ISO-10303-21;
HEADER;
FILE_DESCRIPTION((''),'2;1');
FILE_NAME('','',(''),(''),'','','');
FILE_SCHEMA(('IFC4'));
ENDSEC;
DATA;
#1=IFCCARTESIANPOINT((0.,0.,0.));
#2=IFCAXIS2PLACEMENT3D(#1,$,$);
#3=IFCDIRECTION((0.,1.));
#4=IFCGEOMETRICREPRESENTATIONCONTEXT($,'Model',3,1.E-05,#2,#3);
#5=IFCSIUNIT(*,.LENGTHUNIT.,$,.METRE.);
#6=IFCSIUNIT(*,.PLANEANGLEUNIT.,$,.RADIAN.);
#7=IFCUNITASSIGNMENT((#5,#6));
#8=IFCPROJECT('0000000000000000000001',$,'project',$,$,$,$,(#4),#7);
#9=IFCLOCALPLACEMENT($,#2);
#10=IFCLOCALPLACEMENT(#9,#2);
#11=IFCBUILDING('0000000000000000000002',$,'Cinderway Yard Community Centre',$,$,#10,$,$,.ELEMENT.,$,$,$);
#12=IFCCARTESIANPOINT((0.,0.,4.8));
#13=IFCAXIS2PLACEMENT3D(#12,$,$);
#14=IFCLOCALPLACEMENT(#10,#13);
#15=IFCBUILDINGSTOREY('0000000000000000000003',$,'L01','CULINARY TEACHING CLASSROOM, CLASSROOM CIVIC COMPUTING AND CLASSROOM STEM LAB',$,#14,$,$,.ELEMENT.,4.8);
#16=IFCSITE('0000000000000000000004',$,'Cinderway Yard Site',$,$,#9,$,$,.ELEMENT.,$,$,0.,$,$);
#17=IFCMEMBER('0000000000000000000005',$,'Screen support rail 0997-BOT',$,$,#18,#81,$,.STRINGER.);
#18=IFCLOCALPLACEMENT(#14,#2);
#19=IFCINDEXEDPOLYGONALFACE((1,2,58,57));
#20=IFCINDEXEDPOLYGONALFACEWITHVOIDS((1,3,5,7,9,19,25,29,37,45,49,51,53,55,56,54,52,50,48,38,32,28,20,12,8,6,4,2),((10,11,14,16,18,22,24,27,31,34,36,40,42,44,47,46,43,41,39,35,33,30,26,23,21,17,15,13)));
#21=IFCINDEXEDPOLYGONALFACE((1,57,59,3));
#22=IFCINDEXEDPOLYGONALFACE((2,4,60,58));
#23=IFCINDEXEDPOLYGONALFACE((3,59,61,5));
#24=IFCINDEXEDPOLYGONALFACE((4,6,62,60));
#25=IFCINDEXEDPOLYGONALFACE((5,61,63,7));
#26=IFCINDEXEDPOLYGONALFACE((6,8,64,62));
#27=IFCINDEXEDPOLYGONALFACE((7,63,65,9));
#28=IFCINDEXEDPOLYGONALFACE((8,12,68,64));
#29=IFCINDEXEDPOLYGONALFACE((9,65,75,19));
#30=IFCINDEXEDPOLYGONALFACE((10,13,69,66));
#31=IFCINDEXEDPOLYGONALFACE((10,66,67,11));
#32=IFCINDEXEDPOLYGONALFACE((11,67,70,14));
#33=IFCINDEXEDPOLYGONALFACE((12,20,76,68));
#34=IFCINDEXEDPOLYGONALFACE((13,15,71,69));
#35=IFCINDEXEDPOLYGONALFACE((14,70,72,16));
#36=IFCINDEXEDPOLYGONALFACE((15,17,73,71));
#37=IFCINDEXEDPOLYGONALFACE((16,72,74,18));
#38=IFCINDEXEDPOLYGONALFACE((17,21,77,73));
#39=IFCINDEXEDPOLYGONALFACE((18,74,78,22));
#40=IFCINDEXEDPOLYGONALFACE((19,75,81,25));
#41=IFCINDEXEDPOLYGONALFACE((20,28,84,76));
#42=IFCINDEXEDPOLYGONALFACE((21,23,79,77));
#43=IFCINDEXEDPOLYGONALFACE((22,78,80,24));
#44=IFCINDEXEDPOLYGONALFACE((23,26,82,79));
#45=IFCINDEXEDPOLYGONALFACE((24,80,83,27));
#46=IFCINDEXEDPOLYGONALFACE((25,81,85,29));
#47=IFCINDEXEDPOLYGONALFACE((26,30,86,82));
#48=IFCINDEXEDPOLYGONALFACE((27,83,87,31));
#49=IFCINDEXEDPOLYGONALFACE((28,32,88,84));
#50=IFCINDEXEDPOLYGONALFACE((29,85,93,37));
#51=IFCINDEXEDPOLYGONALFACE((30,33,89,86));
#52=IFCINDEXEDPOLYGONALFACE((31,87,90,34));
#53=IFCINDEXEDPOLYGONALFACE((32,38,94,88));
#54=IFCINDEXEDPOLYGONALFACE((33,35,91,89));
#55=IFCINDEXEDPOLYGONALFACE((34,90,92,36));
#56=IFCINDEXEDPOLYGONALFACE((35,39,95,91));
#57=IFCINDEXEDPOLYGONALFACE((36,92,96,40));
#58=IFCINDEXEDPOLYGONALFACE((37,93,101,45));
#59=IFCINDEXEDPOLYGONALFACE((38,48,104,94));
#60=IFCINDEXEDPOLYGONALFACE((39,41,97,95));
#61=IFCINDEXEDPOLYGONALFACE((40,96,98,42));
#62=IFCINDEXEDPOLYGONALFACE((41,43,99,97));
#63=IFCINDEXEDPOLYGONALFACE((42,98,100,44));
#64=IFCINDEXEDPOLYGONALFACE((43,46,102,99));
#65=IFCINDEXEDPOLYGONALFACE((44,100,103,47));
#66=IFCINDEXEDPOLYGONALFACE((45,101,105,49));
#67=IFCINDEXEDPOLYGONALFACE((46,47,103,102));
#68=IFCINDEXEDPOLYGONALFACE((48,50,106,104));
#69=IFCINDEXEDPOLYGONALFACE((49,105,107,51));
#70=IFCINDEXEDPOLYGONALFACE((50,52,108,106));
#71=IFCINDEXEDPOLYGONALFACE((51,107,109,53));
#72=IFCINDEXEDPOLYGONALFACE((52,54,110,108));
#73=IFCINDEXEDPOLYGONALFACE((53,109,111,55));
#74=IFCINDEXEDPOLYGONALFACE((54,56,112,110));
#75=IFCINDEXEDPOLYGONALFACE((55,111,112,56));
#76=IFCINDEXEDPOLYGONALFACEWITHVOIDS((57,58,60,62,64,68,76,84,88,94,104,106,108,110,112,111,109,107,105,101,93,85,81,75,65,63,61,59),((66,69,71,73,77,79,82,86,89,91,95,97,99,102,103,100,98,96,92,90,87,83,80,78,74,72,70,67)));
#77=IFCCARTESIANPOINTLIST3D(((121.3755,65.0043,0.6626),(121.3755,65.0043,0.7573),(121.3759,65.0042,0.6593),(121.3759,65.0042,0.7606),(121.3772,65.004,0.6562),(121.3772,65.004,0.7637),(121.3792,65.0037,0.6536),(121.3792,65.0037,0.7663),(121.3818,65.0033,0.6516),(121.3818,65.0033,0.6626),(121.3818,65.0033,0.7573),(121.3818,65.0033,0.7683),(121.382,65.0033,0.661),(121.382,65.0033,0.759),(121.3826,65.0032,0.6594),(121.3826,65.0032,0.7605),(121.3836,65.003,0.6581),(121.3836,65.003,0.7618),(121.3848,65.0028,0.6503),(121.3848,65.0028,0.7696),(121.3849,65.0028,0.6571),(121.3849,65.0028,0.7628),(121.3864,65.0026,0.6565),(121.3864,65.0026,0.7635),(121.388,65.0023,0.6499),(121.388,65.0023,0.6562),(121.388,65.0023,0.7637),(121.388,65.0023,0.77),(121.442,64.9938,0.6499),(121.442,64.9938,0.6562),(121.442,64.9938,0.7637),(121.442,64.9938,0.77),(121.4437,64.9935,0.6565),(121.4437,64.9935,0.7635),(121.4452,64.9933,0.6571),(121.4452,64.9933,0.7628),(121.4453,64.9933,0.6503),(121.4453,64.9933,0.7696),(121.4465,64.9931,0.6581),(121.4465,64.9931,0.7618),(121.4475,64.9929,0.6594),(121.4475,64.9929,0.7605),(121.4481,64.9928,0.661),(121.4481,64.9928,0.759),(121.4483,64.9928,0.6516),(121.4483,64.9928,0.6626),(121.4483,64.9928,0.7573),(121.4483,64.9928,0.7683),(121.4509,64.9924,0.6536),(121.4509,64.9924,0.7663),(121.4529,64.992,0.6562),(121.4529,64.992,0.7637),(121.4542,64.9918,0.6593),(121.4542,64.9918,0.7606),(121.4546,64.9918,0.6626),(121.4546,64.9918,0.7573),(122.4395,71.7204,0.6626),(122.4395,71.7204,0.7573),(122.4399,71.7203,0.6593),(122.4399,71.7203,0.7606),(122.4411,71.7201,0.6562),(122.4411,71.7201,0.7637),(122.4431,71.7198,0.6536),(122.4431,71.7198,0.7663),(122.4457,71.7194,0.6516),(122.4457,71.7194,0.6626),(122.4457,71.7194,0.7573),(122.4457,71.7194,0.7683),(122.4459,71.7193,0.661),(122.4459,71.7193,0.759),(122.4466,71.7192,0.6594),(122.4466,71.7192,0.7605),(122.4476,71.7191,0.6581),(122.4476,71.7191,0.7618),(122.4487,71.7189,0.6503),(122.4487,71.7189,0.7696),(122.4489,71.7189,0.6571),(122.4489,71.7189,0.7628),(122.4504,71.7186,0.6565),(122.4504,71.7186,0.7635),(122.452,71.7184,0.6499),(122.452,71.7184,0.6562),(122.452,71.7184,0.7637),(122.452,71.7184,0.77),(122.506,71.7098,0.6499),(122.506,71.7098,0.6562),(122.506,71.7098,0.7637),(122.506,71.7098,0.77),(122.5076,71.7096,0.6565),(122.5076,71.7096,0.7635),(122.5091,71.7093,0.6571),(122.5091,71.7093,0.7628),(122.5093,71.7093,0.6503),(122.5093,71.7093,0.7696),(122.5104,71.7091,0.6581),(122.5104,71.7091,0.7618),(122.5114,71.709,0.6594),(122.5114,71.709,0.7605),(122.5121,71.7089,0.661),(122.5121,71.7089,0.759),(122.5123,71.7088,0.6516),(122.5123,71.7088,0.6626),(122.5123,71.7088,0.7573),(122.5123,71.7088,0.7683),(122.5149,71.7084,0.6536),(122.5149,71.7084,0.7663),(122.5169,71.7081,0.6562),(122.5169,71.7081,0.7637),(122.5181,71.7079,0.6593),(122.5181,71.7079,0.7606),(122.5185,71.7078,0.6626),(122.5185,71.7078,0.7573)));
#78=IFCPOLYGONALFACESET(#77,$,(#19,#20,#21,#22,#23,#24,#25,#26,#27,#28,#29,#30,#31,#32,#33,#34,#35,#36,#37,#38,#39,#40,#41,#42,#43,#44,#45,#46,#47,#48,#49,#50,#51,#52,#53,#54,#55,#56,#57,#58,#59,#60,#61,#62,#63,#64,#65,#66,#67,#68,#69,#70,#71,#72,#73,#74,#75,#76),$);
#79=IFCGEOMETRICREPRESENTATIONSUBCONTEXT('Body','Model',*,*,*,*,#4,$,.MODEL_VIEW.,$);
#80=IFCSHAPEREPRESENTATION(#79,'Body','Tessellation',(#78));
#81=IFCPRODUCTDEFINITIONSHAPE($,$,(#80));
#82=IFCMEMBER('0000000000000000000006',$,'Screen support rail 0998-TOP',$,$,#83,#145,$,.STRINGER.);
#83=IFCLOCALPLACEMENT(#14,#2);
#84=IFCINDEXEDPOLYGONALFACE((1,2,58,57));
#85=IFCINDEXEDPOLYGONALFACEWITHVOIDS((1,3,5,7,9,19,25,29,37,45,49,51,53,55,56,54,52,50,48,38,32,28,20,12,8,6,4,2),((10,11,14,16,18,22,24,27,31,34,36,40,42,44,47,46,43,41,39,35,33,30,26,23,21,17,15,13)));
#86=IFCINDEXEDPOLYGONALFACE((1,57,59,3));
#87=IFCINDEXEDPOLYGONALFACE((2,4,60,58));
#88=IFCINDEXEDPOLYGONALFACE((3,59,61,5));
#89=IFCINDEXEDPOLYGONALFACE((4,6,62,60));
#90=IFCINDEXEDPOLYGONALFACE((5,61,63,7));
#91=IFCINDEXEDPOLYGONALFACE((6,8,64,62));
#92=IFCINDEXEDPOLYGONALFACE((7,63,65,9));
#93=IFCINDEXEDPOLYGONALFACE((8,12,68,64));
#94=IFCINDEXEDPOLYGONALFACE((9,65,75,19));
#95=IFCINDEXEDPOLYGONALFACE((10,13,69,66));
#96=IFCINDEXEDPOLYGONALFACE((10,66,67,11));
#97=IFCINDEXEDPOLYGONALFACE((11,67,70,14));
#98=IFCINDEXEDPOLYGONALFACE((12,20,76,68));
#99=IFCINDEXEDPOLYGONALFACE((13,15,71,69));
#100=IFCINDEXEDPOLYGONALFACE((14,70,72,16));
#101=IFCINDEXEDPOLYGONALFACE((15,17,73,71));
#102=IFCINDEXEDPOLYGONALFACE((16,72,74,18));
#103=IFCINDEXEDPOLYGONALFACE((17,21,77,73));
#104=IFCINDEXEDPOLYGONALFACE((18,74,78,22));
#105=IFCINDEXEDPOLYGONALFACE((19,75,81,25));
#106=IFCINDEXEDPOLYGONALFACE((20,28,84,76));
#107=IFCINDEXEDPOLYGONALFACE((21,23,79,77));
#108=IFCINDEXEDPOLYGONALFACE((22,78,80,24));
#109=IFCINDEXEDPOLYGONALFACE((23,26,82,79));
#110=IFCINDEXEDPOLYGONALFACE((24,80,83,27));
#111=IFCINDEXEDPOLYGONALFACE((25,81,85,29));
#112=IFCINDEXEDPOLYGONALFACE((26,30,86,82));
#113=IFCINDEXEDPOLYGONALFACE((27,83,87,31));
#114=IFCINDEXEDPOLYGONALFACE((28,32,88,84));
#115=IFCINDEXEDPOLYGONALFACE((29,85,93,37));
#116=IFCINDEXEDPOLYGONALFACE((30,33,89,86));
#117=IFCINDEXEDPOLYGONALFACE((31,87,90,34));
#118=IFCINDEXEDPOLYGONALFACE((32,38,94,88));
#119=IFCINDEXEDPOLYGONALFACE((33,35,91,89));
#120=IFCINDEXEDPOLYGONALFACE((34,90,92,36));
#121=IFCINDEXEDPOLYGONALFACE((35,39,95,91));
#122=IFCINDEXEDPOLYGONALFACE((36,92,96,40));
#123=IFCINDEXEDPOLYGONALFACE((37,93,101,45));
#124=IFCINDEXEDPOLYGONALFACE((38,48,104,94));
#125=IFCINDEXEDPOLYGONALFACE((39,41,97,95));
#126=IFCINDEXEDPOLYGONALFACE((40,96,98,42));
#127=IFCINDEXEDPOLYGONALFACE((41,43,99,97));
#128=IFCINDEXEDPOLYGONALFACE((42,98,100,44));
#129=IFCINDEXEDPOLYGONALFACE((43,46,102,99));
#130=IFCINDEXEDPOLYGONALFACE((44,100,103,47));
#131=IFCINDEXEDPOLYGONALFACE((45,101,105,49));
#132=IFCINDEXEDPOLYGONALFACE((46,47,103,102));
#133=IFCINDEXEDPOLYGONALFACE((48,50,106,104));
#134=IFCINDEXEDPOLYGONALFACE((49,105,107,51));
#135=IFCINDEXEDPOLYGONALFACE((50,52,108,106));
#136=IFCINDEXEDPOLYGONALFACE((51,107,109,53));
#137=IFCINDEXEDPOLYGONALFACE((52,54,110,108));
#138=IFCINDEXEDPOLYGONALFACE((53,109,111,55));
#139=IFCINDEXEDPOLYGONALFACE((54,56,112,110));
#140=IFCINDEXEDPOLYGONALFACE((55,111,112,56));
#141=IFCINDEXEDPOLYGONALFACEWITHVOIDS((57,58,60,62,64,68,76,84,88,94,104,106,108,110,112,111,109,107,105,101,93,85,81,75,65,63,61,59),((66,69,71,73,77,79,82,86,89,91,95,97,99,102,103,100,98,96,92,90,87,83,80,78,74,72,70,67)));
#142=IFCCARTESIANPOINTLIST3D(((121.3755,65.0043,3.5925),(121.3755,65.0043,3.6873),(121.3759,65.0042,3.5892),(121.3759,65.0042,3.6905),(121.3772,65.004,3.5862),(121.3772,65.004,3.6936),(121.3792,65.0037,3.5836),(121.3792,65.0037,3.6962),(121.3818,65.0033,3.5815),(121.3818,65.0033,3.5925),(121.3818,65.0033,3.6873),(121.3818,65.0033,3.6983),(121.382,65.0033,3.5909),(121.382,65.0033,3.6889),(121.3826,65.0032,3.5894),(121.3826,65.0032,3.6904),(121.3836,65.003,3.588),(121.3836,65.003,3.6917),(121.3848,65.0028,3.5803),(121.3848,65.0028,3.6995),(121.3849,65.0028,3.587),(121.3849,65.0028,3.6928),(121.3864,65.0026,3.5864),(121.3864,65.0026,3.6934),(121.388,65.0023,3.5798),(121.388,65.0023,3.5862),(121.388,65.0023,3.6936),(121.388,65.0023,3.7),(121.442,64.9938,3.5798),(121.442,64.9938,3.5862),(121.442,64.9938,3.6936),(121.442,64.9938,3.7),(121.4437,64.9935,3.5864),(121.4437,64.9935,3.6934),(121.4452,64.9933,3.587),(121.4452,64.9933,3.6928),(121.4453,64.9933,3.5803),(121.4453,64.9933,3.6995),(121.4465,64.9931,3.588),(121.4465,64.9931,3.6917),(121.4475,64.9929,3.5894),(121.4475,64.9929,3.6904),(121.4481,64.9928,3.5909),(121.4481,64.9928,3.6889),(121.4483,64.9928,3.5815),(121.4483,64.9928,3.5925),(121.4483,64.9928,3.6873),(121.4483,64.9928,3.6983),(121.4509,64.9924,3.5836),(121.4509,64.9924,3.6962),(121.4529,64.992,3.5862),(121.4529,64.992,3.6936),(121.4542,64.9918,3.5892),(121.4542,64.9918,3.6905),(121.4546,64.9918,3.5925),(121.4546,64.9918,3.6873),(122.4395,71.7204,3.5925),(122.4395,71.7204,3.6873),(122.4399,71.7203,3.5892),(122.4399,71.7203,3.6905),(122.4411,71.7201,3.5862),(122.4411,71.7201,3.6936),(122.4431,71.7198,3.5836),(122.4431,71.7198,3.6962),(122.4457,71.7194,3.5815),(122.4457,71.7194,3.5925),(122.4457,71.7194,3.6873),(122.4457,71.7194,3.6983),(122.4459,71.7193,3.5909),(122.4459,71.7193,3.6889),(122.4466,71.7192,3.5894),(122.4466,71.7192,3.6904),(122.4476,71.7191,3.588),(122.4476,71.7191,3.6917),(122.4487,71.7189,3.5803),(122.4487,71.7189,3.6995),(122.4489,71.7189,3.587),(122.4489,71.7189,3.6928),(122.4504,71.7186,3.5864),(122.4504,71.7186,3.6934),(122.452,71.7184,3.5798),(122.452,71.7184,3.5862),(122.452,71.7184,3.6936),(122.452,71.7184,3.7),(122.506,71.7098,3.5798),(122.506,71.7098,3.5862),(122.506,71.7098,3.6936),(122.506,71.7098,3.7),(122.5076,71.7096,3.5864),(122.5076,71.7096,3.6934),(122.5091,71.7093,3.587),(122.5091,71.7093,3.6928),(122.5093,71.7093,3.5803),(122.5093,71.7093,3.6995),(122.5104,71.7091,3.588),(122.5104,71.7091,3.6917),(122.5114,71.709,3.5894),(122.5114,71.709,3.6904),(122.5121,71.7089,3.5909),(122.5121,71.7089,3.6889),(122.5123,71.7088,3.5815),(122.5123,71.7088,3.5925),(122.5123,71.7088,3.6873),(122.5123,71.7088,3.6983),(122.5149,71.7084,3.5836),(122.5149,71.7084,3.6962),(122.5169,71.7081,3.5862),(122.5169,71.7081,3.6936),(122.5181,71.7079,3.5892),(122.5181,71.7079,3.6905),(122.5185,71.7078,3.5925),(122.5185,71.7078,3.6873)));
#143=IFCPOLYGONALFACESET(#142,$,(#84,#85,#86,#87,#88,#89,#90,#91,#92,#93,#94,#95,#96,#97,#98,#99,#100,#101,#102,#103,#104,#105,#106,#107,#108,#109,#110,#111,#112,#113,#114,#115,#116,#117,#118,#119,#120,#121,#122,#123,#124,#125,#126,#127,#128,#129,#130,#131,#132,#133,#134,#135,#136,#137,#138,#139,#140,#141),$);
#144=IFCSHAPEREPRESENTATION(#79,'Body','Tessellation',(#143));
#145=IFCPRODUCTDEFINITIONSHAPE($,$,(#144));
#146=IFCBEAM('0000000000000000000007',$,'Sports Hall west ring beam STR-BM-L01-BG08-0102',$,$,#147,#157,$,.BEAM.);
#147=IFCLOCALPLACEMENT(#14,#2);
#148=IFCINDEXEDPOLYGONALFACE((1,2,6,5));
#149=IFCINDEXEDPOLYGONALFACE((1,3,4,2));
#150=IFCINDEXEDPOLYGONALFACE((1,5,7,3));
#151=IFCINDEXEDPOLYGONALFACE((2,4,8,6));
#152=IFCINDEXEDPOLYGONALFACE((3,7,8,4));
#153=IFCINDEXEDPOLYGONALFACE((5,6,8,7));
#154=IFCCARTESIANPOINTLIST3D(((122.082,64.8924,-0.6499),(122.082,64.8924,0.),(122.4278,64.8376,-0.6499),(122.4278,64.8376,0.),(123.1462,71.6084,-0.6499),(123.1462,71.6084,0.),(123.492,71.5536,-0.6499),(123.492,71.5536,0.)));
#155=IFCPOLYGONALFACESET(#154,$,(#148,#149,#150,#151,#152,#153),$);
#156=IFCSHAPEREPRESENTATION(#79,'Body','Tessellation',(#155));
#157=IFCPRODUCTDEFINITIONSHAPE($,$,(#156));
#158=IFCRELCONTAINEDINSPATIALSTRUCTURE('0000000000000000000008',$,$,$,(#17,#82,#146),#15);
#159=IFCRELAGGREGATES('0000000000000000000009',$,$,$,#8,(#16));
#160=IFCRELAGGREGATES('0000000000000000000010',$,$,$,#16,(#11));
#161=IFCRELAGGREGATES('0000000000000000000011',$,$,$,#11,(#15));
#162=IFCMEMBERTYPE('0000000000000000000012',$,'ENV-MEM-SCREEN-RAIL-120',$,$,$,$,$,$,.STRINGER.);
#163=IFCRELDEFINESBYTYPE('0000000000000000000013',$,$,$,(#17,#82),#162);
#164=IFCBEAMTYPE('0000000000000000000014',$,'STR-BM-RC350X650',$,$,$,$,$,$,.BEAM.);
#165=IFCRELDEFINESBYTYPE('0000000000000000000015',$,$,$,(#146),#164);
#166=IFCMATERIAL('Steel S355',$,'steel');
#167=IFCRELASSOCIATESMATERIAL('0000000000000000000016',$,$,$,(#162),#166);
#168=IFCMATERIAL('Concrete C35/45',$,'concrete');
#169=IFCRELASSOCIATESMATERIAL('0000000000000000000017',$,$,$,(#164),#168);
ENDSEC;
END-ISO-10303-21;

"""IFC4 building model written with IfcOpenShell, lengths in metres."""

from ifc_helpers import new_model, si_unit, direction, frame, origin, origin_2d, place, context, subcontext, project, spatial, rectangle, hollow_rectangle, extrude, material, material_profile, profile_set, type_object, element, save


model = new_model("IFC4")

# Units and contexts
model_context = context("Model", 3, precision=1e-05, world=origin(), true_north=direction((0.0, 1.0)))
body_context = subcontext(model_context, "Body", "Model", "MODEL_VIEW")
ifc_project = project(units=[si_unit("LENGTHUNIT", "METRE"), si_unit("PLANEANGLEUNIT", "RADIAN")], contexts=[model_context])

# Site, building, storey
site_placement = place(None, origin())
site = spatial("IfcSite", under=ifc_project, at=site_placement, Name="Cinderway Yard Site", CompositionType="ELEMENT", RefElevation=0.0)
building_placement = place(site_placement, origin())
building = spatial("IfcBuilding", under=site, at=building_placement, Name="Cinderway Yard Community Centre", CompositionType="ELEMENT")
storey_placement = place(building_placement, frame((0.0, 0.0, 4.8)))
storey = spatial("IfcBuildingStorey", under=building, at=storey_placement, Name="L01", Description="CULINARY TEACHING CLASSROOM, CLASSROOM CIVIC COMPUTING AND CLASSROOM STEM LAB", CompositionType="ELEMENT", Elevation=4.8)

# Members
ifc_material_1 = material(Name="Steel S355", Category="steel")
ifc_material_profile_1 = material_profile(ifc_material_1, hollow_rectangle(XDim=0.0801, YDim=0.1201, WallThickness=0.0063, InnerFilletRadius=0.0063, OuterFilletRadius=0.0127, at=origin_2d()), Name="Steel S355")
ifc_profile_set_1 = profile_set([ifc_material_profile_1], Name="Steel S355")
member_type_1 = type_object("IfcMemberType", Name="ENV-MEM-SCREEN-RAIL-120", PredefinedType="STRINGER", material=ifc_profile_set_1)
for number, where, z_axis, x_axis, name in (
    (1, (121.415, 64.998, 0.71), (0.15647, 0.987683, 0.0), (-0.987683, 0.15647, 0.0), "Screen support rail 0997-BOT"),
    (2, (121.415, 64.998, 3.6399), (0.15647, 0.987683, 0.0), (-0.987683, 0.15647, 0.0), "Screen support rail 0998-TOP"),
):
    element("IfcMember", number, at=place(storey_placement, frame(where, z_axis=z_axis, x_axis=x_axis)), inside=storey, type_object=member_type_1, Name=name, PredefinedType="STRINGER", context=body_context, shape_type="SweptSolid", body=[
        extrude(hollow_rectangle(XDim=0.0801, YDim=0.1201, WallThickness=0.0063, InnerFilletRadius=0.0063, OuterFilletRadius=0.0127, at=origin_2d()), origin(), (0.0, 0.0, 1.0), 6.7998),
    ])

# Beam
ifc_material_2 = material(Name="Concrete C35/45", Category="concrete")
ifc_material_profile_2 = material_profile(ifc_material_2, rectangle(XDim=0.3501, YDim=0.6499, at=origin_2d()), Name="Concrete C35/45")
ifc_profile_set_2 = profile_set([ifc_material_profile_2], Name="Concrete C35/45")
beam_type = type_object("IfcBeamType", Name="STR-BM-RC350X650", PredefinedType="BEAM", material=ifc_profile_set_2)
beam_placement = place(storey_placement, frame((122.2549, 64.865, -0.325), z_axis=(0.156505, 0.987677, 0.0), x_axis=(-0.987677, 0.156505, 0.0)))
element("IfcBeam", 3, at=beam_placement, inside=storey, type_object=beam_type, Name="Sports Hall west ring beam STR-BM-L01-BG08-0102", PredefinedType="BEAM", context=body_context, shape_type="SweptSolid", body=[
    extrude(rectangle(XDim=0.3501, YDim=0.6499, at=origin_2d()), origin(), (0.0, 0.0, 1.0), 6.7998),
])

save(model, "model.ifc")
